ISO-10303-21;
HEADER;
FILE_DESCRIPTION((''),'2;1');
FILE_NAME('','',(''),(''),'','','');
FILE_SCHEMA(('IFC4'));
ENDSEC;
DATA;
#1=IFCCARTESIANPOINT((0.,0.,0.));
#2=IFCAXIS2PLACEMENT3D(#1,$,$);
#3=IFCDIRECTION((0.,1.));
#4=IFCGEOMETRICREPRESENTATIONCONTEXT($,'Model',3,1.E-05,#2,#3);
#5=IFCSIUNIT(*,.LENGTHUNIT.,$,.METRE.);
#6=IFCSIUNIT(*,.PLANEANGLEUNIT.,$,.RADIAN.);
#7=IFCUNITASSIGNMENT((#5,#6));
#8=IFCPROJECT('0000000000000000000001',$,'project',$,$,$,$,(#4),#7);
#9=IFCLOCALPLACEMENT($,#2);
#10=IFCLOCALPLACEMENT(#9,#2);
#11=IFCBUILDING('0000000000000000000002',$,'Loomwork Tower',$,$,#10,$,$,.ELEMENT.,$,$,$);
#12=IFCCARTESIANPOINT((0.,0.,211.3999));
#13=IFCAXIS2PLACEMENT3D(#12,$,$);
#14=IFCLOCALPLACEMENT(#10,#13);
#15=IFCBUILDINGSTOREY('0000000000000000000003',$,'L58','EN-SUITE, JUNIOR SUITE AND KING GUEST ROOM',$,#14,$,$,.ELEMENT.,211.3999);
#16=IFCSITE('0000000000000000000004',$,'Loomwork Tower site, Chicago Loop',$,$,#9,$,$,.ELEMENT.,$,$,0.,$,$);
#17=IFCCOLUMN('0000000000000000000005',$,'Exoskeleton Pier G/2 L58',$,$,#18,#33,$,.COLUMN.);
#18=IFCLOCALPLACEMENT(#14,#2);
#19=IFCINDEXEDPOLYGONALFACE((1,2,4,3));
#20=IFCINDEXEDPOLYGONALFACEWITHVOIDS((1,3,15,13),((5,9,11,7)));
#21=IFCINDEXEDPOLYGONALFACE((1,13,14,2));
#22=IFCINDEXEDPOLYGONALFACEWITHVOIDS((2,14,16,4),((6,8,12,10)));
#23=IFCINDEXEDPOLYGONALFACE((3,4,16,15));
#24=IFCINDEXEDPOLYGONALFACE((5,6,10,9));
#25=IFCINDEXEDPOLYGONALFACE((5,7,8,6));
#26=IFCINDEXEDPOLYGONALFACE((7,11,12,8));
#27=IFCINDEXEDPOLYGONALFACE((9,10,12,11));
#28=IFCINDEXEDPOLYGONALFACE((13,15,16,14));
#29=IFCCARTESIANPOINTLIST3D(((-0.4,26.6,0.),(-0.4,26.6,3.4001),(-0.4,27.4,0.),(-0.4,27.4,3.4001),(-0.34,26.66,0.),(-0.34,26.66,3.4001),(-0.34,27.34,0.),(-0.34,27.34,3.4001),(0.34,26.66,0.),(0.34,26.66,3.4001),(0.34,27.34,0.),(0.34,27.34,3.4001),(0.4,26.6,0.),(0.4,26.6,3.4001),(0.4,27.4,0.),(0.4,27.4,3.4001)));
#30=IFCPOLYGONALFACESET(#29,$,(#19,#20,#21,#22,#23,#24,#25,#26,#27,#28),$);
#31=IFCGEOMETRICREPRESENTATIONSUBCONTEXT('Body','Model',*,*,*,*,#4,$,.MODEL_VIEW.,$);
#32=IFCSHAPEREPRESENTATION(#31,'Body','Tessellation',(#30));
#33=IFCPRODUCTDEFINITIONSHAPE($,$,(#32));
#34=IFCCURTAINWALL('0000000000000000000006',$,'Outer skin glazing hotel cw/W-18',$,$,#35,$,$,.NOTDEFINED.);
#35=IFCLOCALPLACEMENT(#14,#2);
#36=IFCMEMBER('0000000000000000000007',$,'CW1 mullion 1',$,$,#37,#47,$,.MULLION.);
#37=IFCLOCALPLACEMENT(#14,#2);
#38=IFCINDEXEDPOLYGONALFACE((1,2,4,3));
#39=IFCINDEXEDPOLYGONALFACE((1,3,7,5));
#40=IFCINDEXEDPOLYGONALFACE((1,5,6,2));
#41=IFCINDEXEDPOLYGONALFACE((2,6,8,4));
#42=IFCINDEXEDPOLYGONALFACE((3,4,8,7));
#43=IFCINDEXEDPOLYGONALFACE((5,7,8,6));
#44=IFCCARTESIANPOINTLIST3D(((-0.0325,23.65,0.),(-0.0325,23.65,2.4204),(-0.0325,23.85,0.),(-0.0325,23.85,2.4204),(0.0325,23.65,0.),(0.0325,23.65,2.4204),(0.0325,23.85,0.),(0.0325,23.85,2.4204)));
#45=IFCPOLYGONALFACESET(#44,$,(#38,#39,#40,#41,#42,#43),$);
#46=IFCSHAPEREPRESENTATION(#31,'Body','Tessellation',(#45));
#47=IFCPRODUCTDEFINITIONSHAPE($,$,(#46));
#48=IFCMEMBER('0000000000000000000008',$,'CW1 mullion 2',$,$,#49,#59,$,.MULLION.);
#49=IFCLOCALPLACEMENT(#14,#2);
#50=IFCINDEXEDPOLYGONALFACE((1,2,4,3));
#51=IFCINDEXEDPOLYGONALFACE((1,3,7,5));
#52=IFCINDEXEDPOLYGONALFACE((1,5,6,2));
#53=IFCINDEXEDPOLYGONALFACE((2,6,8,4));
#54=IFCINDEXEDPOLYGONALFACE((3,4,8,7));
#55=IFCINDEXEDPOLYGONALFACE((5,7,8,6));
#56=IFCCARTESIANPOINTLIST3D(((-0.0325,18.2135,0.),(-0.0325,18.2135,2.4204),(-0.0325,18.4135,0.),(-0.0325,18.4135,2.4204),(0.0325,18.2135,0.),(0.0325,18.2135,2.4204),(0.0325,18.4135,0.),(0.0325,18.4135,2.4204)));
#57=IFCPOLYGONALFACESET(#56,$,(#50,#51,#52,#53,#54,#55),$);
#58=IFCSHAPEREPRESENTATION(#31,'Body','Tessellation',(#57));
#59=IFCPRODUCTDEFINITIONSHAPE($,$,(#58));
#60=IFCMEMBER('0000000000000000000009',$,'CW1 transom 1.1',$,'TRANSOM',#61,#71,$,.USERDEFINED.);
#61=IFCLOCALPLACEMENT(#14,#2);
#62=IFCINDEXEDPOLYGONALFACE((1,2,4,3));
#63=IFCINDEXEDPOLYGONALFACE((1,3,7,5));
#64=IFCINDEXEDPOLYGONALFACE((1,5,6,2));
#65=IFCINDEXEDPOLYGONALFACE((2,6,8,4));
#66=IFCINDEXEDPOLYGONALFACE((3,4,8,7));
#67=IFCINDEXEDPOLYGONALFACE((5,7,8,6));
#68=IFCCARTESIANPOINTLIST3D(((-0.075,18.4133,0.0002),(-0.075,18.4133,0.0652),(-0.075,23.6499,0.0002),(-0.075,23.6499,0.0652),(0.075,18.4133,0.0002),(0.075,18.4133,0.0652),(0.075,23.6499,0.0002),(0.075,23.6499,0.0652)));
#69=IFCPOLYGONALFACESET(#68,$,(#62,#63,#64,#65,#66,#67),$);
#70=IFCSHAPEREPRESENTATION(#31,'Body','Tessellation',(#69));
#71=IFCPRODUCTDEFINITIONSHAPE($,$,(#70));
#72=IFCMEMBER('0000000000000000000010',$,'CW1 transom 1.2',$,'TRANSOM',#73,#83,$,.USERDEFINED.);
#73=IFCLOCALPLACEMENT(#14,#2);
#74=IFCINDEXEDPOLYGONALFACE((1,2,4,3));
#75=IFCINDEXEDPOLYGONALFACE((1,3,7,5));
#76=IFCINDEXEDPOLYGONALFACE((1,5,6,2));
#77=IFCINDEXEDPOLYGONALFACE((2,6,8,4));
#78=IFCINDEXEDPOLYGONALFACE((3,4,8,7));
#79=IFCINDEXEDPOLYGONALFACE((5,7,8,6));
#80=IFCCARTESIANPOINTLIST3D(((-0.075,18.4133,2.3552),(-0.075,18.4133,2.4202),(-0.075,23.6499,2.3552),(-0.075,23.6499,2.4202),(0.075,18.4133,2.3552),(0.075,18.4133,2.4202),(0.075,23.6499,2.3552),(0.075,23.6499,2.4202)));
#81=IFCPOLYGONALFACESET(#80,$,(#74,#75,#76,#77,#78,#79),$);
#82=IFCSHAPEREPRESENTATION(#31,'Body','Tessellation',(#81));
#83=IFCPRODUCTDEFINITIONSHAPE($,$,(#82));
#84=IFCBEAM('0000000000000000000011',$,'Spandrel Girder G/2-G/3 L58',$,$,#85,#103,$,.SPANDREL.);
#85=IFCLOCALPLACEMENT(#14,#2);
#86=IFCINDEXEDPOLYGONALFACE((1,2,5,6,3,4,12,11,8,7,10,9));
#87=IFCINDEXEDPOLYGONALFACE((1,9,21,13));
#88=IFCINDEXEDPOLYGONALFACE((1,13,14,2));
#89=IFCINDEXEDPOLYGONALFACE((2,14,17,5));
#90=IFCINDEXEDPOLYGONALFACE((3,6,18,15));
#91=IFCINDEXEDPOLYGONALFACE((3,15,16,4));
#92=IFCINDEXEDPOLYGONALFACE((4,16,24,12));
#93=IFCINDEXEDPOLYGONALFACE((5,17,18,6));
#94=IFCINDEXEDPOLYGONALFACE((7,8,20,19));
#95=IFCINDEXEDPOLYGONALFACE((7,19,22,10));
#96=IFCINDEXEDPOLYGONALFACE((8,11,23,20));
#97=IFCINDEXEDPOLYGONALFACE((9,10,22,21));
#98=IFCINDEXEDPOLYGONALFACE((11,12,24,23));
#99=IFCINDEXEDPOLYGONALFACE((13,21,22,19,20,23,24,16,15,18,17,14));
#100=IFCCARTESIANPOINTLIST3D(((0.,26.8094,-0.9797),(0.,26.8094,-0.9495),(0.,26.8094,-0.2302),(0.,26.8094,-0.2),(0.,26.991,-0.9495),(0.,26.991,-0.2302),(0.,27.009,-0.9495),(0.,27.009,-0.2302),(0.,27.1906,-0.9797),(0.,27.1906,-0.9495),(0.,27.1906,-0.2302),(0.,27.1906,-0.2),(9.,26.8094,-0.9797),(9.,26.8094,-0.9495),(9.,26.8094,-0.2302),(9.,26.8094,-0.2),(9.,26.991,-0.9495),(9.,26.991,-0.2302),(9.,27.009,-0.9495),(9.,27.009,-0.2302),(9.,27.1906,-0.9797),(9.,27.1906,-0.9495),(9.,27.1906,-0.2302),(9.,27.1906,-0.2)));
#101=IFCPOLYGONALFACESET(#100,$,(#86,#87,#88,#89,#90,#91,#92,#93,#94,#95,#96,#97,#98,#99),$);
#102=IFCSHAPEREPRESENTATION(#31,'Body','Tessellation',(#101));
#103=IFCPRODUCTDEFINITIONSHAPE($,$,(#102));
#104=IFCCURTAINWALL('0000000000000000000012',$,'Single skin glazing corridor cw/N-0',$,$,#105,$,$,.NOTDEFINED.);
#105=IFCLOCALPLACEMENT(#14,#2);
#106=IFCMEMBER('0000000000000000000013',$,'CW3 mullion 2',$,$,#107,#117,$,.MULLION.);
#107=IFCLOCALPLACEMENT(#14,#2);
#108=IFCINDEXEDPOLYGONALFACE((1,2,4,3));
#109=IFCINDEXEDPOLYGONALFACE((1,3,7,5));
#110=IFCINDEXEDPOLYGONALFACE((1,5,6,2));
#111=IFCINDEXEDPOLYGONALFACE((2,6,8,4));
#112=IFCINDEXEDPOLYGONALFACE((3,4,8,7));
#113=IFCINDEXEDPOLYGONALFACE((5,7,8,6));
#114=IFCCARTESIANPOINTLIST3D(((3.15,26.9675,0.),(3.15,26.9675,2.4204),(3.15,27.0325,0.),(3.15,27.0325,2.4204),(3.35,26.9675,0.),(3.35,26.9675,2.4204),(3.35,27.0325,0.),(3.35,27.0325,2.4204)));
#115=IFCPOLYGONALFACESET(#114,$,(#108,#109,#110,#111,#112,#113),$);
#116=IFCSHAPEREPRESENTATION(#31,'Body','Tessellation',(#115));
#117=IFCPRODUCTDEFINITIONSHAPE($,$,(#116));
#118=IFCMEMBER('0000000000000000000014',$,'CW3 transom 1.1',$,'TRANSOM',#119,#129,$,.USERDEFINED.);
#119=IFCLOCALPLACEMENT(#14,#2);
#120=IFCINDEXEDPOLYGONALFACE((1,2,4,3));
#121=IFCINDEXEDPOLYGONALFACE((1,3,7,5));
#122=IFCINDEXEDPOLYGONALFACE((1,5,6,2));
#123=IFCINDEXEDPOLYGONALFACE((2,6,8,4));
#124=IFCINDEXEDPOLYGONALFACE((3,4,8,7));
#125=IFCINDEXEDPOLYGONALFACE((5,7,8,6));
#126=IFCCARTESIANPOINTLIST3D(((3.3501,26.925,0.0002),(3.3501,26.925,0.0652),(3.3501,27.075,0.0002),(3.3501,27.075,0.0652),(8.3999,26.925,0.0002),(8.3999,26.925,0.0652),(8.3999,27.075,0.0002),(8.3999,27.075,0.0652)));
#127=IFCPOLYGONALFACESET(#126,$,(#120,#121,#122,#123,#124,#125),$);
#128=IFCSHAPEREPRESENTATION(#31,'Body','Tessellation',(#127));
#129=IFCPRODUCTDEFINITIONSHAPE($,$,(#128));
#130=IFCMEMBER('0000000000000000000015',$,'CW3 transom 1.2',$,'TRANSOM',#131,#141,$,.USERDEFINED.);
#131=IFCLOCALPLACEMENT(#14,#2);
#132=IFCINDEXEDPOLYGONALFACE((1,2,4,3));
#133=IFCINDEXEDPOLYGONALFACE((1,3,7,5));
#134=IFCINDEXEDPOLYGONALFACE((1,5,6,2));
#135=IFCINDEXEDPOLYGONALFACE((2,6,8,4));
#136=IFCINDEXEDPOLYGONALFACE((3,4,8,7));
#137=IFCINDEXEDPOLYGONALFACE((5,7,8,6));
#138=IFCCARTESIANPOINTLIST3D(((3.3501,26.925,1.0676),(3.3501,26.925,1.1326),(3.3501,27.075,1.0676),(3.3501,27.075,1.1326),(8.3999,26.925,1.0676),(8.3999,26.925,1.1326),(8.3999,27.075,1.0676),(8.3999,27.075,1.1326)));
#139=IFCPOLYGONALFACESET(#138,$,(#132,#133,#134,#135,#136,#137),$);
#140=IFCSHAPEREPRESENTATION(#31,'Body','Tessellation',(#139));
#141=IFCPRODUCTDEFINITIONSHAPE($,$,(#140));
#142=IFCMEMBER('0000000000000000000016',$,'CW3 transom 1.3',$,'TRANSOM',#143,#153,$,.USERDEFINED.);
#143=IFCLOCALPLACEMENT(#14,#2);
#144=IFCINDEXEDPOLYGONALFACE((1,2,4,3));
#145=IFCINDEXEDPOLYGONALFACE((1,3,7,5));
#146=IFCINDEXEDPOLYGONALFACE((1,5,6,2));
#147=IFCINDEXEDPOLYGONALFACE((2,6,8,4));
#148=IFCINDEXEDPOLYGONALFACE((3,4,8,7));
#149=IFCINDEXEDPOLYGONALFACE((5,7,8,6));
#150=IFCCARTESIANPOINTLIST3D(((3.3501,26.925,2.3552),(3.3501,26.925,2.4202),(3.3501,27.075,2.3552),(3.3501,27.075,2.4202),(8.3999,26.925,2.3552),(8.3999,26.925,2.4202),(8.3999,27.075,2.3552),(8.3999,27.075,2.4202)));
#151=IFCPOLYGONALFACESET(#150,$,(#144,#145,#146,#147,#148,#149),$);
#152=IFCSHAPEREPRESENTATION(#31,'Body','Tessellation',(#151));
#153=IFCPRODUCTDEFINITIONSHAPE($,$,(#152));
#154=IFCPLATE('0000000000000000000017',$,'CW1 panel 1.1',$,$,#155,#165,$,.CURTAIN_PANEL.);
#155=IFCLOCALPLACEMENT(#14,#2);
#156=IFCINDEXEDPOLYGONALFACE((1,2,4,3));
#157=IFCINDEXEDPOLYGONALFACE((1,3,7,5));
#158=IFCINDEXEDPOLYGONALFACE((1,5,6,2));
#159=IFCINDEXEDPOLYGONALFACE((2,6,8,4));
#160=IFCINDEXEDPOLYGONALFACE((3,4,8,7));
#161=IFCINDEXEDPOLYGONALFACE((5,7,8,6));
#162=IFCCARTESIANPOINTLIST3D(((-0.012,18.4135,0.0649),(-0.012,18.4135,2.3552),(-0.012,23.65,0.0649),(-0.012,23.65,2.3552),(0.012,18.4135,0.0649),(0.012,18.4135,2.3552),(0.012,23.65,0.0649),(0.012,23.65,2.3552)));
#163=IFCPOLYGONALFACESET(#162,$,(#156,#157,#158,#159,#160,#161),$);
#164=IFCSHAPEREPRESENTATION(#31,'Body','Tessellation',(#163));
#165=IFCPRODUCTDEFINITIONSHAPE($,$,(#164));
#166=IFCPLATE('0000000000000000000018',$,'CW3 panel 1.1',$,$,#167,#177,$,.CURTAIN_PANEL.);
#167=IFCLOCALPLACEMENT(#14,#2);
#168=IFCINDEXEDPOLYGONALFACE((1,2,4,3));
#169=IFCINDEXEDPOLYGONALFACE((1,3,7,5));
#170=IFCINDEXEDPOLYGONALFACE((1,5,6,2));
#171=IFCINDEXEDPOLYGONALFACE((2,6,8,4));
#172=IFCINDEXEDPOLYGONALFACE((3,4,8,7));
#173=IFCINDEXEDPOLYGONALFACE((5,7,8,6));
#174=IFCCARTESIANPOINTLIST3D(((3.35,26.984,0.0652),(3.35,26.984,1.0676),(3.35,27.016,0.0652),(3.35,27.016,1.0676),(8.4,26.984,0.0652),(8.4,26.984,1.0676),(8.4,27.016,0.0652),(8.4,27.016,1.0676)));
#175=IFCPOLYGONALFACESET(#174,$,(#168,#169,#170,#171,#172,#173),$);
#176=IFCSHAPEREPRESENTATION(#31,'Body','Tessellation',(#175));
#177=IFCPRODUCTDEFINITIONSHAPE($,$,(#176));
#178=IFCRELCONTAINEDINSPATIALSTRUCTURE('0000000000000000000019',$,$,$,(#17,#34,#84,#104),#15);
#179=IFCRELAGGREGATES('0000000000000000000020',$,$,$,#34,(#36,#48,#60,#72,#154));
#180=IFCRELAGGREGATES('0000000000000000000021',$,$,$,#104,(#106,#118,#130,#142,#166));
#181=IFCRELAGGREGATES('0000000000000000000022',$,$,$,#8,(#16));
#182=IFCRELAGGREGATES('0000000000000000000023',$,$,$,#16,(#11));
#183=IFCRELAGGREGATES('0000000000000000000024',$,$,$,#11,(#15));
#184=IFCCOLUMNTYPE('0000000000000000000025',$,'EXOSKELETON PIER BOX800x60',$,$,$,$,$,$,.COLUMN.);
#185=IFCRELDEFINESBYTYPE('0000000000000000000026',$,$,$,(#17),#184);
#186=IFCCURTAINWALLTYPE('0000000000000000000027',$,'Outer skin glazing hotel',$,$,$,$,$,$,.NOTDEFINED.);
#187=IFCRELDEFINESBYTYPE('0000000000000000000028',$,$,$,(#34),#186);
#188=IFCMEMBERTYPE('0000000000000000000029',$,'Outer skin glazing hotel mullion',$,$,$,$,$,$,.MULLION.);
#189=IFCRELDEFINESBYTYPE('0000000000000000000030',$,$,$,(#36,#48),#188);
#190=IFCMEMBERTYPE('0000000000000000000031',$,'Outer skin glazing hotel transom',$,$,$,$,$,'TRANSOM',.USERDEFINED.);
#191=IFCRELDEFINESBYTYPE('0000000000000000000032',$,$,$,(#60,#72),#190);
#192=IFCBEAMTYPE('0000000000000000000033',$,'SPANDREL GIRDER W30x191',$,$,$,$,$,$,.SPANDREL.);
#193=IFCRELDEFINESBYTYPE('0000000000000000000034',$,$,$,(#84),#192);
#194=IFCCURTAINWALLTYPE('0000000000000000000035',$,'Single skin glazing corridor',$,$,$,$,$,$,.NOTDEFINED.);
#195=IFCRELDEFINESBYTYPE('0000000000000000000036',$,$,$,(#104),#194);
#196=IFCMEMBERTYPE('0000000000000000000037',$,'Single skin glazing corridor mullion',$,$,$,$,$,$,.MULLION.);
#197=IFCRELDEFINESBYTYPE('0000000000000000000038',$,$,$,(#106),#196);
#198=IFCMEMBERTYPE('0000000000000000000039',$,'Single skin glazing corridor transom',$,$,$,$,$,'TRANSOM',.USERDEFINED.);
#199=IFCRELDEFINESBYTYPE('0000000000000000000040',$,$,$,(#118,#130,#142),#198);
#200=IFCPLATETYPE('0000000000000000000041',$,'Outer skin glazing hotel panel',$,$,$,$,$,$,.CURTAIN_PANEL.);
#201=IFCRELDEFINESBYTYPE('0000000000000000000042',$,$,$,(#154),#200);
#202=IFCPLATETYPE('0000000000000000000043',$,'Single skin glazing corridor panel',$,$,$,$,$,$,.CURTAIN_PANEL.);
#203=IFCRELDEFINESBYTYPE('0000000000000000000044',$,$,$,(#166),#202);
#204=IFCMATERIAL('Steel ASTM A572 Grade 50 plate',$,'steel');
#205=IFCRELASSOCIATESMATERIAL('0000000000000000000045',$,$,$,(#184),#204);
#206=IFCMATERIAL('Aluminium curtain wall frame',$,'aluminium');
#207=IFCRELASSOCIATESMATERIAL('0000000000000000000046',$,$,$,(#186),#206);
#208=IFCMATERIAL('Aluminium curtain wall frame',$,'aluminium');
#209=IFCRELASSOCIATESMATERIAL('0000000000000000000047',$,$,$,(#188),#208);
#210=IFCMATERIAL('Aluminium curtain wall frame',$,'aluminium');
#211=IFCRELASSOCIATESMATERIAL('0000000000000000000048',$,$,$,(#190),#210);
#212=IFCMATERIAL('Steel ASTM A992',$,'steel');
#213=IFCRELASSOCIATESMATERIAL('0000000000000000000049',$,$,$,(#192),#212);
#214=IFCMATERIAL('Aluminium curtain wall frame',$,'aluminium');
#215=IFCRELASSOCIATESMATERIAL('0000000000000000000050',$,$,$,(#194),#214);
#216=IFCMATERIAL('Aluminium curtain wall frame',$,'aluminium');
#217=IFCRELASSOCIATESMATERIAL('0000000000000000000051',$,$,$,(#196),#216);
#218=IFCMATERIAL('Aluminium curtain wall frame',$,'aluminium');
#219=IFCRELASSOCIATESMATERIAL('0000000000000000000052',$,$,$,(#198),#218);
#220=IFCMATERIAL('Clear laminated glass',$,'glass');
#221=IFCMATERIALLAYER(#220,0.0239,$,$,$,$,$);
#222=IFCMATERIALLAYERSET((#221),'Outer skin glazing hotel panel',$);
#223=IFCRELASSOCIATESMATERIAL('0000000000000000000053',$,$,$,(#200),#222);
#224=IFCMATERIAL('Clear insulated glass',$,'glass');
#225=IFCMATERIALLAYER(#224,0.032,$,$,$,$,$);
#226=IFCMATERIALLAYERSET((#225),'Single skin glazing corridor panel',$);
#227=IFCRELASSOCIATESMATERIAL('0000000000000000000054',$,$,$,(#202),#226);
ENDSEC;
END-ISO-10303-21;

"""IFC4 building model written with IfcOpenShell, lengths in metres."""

from ifc_helpers import new_model, si_unit, direction, frame, origin, origin_2d, place, context, subcontext, project, spatial, rectangle, hollow_rectangle, i_section, extrude, material, layer, layer_set, material_profile, profile_set, type_object, element, aggregate, save


model = new_model("IFC4")

# Units and contexts
model_context = context("Model", 3, precision=1e-05, world=origin(), true_north=direction((0.0, 1.0)))
body_context = subcontext(model_context, "Body", "Model", "MODEL_VIEW")
ifc_project = project(units=[si_unit("LENGTHUNIT", "METRE"), si_unit("PLANEANGLEUNIT", "RADIAN")], contexts=[model_context])

# Site, building, storey
site_placement = place(None, origin())
site = spatial("IfcSite", under=ifc_project, at=site_placement, Name="Loomwork Tower site, Chicago Loop", CompositionType="ELEMENT", RefElevation=0.0)
building_placement = place(site_placement, origin())
building = spatial("IfcBuilding", under=site, at=building_placement, Name="Loomwork Tower", CompositionType="ELEMENT")
storey_placement = place(building_placement, frame((0.0, 0.0, 211.3999)))
storey = spatial("IfcBuildingStorey", under=building, at=storey_placement, Name="L58", Description="EN-SUITE, JUNIOR SUITE AND KING GUEST ROOM", CompositionType="ELEMENT", Elevation=211.3999)

# Column
ifc_material_1 = material(Name="Steel ASTM A572 Grade 50 plate", Category="steel")
ifc_material_profile_1 = material_profile(ifc_material_1, hollow_rectangle(XDim=0.8, YDim=0.8, WallThickness=0.0601, at=origin_2d()), Name="BOX800x60")
ifc_profile_set_1 = profile_set([ifc_material_profile_1], Name="Steel ASTM A572 Grade 50 plate")
column_type = type_object("IfcColumnType", Name="EXOSKELETON PIER BOX800x60", PredefinedType="COLUMN", material=ifc_profile_set_1)
column_placement = place(storey_placement, frame((0.0, 27.0, 0.0), z_axis=(0.0, 0.0, 1.0), x_axis=(0.0, 1.0, 0.0)))
element("IfcColumn", 1, at=column_placement, inside=storey, type_object=column_type, Name="Exoskeleton Pier G/2 L58", PredefinedType="COLUMN", context=body_context, shape_type="SweptSolid", body=[
    extrude(hollow_rectangle(XDim=0.8, YDim=0.8, WallThickness=0.0601, at=origin_2d()), origin(), (0.0, 0.0, 1.0), 3.4001),
])

# Curtain wall, members
ifc_material_2 = material(Name="Aluminium curtain wall frame", Category="aluminium")
curtain_wall_type_1 = type_object("IfcCurtainWallType", Name="Outer skin glazing hotel", PredefinedType="NOTDEFINED", material=ifc_material_2)
curtain_wall_1_placement = place(storey_placement, origin())
curtain_wall_1 = element("IfcCurtainWall", 2, at=curtain_wall_1_placement, inside=storey, type_object=curtain_wall_type_1, Name="Outer skin glazing hotel cw/W-18", PredefinedType="NOTDEFINED")
ifc_material_3 = material(Name="Aluminium curtain wall frame", Category="aluminium")
ifc_material_profile_2 = material_profile(ifc_material_3, rectangle(XDim=0.0649, YDim=0.2, at=origin_2d()), Name="AL 65x200")
ifc_profile_set_2 = profile_set([ifc_material_profile_2], Name="Aluminium curtain wall frame")
member_type_1 = type_object("IfcMemberType", Name="Outer skin glazing hotel mullion", PredefinedType="MULLION", material=ifc_profile_set_2)
member_1_placement = place(storey_placement, frame((0.0, 23.75, 0.0), z_axis=(0.0, 0.0, 1.0), x_axis=(1.0, 0.0, 0.0)))
member_1 = element("IfcMember", 3, at=member_1_placement, type_object=member_type_1, Name="CW1 mullion 1", PredefinedType="MULLION", context=body_context, shape_type="SweptSolid", body=[
    extrude(rectangle(XDim=0.0649, YDim=0.2, at=origin_2d()), origin(), (0.0, 0.0, 1.0), 2.4204),
])
member_2_placement = place(storey_placement, frame((0.0, 18.3135, 0.0), z_axis=(0.0, 0.0, 1.0), x_axis=(1.0, 0.0, 0.0)))
member_2 = element("IfcMember", 4, at=member_2_placement, type_object=member_type_1, Name="CW1 mullion 2", PredefinedType="MULLION", context=body_context, shape_type="SweptSolid", body=[
    extrude(rectangle(XDim=0.0649, YDim=0.2, at=origin_2d()), origin(), (0.0, 0.0, 1.0), 2.4204),
])
ifc_material_4 = material(Name="Aluminium curtain wall frame", Category="aluminium")
ifc_material_profile_3 = material_profile(ifc_material_4, rectangle(XDim=0.1499, YDim=0.0649, at=origin_2d()), Name="AL 65x150")
ifc_profile_set_3 = profile_set([ifc_material_profile_3], Name="Aluminium curtain wall frame")
member_type_2 = type_object("IfcMemberType", Name="Outer skin glazing hotel transom", ElementType="TRANSOM", PredefinedType="USERDEFINED", material=ifc_profile_set_3)
member_3_placement = place(storey_placement, frame((0.0, 23.6499, 0.0327), z_axis=(0.0, -1.0, 0.0), x_axis=(1.0, 0.0, 0.0)))
member_3 = element("IfcMember", 5, at=member_3_placement, type_object=member_type_2, Name="CW1 transom 1.1", ObjectType="TRANSOM", PredefinedType="USERDEFINED", context=body_context, shape_type="SweptSolid", body=[
    extrude(rectangle(XDim=0.1499, YDim=0.0649, at=origin_2d()), origin(), (0.0, 0.0, 1.0), 5.2366),
])
member_4_placement = place(storey_placement, frame((0.0, 23.6499, 2.3877), z_axis=(0.0, -1.0, 0.0), x_axis=(1.0, 0.0, 0.0)))
member_4 = element("IfcMember", 6, at=member_4_placement, type_object=member_type_2, Name="CW1 transom 1.2", ObjectType="TRANSOM", PredefinedType="USERDEFINED", context=body_context, shape_type="SweptSolid", body=[
    extrude(rectangle(XDim=0.1499, YDim=0.0649, at=origin_2d()), origin(), (0.0, 0.0, 1.0), 5.2366),
])

# Beam
ifc_material_5 = material(Name="Steel ASTM A992", Category="steel")
ifc_material_profile_4 = material_profile(ifc_material_5, i_section(OverallWidth=0.3811, OverallDepth=0.7798, WebThickness=0.0181, FlangeThickness=0.0303, at=origin_2d()), Name="W30x191")
ifc_profile_set_4 = profile_set([ifc_material_profile_4], Name="Steel ASTM A992")
beam_type = type_object("IfcBeamType", Name="SPANDREL GIRDER W30x191", PredefinedType="SPANDREL", material=ifc_profile_set_4)
beam_placement = place(storey_placement, frame((0.0, 27.0, -0.5898), z_axis=(1.0, 0.0, 0.0), x_axis=(0.0, 1.0, 0.0)))
element("IfcBeam", 7, at=beam_placement, inside=storey, type_object=beam_type, Name="Spandrel Girder G/2-G/3 L58", PredefinedType="SPANDREL", context=body_context, shape_type="SweptSolid", body=[
    extrude(i_section(OverallWidth=0.3811, OverallDepth=0.7798, WebThickness=0.0181, FlangeThickness=0.0303, at=origin_2d()), origin(), (0.0, 0.0, 1.0), 9.0),
])

# Curtain wall, members
ifc_material_6 = material(Name="Aluminium curtain wall frame", Category="aluminium")
curtain_wall_type_2 = type_object("IfcCurtainWallType", Name="Single skin glazing corridor", PredefinedType="NOTDEFINED", material=ifc_material_6)
curtain_wall_2_placement = place(storey_placement, origin())
curtain_wall_2 = element("IfcCurtainWall", 8, at=curtain_wall_2_placement, inside=storey, type_object=curtain_wall_type_2, Name="Single skin glazing corridor cw/N-0", PredefinedType="NOTDEFINED")
ifc_material_7 = material(Name="Aluminium curtain wall frame", Category="aluminium")
ifc_material_profile_5 = material_profile(ifc_material_7, rectangle(XDim=0.0649, YDim=0.2, at=origin_2d()), Name="AL 65x200")
ifc_profile_set_5 = profile_set([ifc_material_profile_5], Name="Aluminium curtain wall frame")
member_type_3 = type_object("IfcMemberType", Name="Single skin glazing corridor mullion", PredefinedType="MULLION", material=ifc_profile_set_5)
member_5_placement = place(storey_placement, frame((3.25, 27.0, 0.0), z_axis=(0.0, 0.0, 1.0), x_axis=(0.0, -1.0, 0.0)))
member_5 = element("IfcMember", 9, at=member_5_placement, type_object=member_type_3, Name="CW3 mullion 2", PredefinedType="MULLION", context=body_context, shape_type="SweptSolid", body=[
    extrude(rectangle(XDim=0.0649, YDim=0.2, at=origin_2d()), origin(), (0.0, 0.0, 1.0), 2.4204),
])
ifc_material_8 = material(Name="Aluminium curtain wall frame", Category="aluminium")
ifc_material_profile_6 = material_profile(ifc_material_8, rectangle(XDim=0.1499, YDim=0.0649, at=origin_2d()), Name="AL 65x150")
ifc_profile_set_6 = profile_set([ifc_material_profile_6], Name="Aluminium curtain wall frame")
member_type_4 = type_object("IfcMemberType", Name="Single skin glazing corridor transom", ElementType="TRANSOM", PredefinedType="USERDEFINED", material=ifc_profile_set_6)
member_6_placement = place(storey_placement, frame((8.3999, 27.0, 0.0327), z_axis=(-1.0, 0.0, 0.0), x_axis=(0.0, -1.0, 0.0)))
member_6 = element("IfcMember", 10, at=member_6_placement, type_object=member_type_4, Name="CW3 transom 1.1", ObjectType="TRANSOM", PredefinedType="USERDEFINED", context=body_context, shape_type="SweptSolid", body=[
    extrude(rectangle(XDim=0.1499, YDim=0.0649, at=origin_2d()), origin(), (0.0, 0.0, 1.0), 5.0498),
])
member_7_placement = place(storey_placement, frame((8.3999, 27.0, 1.1001), z_axis=(-1.0, 0.0, 0.0), x_axis=(0.0, -1.0, 0.0)))
member_7 = element("IfcMember", 11, at=member_7_placement, type_object=member_type_4, Name="CW3 transom 1.2", ObjectType="TRANSOM", PredefinedType="USERDEFINED", context=body_context, shape_type="SweptSolid", body=[
    extrude(rectangle(XDim=0.1499, YDim=0.0649, at=origin_2d()), origin(), (0.0, 0.0, 1.0), 5.0498),
])
member_8_placement = place(storey_placement, frame((8.3999, 27.0, 2.3877), z_axis=(-1.0, 0.0, 0.0), x_axis=(0.0, -1.0, 0.0)))
member_8 = element("IfcMember", 12, at=member_8_placement, type_object=member_type_4, Name="CW3 transom 1.3", ObjectType="TRANSOM", PredefinedType="USERDEFINED", context=body_context, shape_type="SweptSolid", body=[
    extrude(rectangle(XDim=0.1499, YDim=0.0649, at=origin_2d()), origin(), (0.0, 0.0, 1.0), 5.0498),
])

# Plates
ifc_material_9 = material(Name="Clear laminated glass", Category="glass")
ifc_layer_1 = layer(ifc_material_9, 0.0239)
ifc_layer_set_1 = layer_set([ifc_layer_1], Name="Outer skin glazing hotel panel")
plate_type_1 = type_object("IfcPlateType", Name="Outer skin glazing hotel panel", PredefinedType="CURTAIN_PANEL", material=ifc_layer_set_1)
plate_1_placement = place(storey_placement, frame((0.0, 21.0317, 0.0649), z_axis=(0.0, 0.0, 1.0), x_axis=(0.0, -1.0, 0.0)))
plate_1 = element("IfcPlate", 13, at=plate_1_placement, type_object=plate_type_1, Name="CW1 panel 1.1", PredefinedType="CURTAIN_PANEL", context=body_context, shape_type="SweptSolid", body=[
    extrude(rectangle(XDim=5.2366, YDim=0.0239, at=origin_2d()), origin(), (0.0, 0.0, 1.0), 2.2903),
])
aggregate(curtain_wall_1, [member_1, member_2, member_3, member_4, plate_1])
ifc_material_10 = material(Name="Clear insulated glass", Category="glass")
ifc_layer_2 = layer(ifc_material_10, 0.032)
ifc_layer_set_2 = layer_set([ifc_layer_2], Name="Single skin glazing corridor panel")
plate_type_2 = type_object("IfcPlateType", Name="Single skin glazing corridor panel", PredefinedType="CURTAIN_PANEL", material=ifc_layer_set_2)
plate_2_placement = place(storey_placement, frame((5.875, 27.0, 0.0652), z_axis=(0.0, 0.0, 1.0), x_axis=(-1.0, 0.0, 0.0)))
plate_2 = element("IfcPlate", 14, at=plate_2_placement, type_object=plate_type_2, Name="CW3 panel 1.1", PredefinedType="CURTAIN_PANEL", context=body_context, shape_type="SweptSolid", body=[
    extrude(rectangle(XDim=5.05, YDim=0.032, at=origin_2d()), origin(), (0.0, 0.0, 1.0), 1.0024),
])
aggregate(curtain_wall_2, [member_5, member_6, member_7, member_8, plate_2])

save(model, "model.ifc")
